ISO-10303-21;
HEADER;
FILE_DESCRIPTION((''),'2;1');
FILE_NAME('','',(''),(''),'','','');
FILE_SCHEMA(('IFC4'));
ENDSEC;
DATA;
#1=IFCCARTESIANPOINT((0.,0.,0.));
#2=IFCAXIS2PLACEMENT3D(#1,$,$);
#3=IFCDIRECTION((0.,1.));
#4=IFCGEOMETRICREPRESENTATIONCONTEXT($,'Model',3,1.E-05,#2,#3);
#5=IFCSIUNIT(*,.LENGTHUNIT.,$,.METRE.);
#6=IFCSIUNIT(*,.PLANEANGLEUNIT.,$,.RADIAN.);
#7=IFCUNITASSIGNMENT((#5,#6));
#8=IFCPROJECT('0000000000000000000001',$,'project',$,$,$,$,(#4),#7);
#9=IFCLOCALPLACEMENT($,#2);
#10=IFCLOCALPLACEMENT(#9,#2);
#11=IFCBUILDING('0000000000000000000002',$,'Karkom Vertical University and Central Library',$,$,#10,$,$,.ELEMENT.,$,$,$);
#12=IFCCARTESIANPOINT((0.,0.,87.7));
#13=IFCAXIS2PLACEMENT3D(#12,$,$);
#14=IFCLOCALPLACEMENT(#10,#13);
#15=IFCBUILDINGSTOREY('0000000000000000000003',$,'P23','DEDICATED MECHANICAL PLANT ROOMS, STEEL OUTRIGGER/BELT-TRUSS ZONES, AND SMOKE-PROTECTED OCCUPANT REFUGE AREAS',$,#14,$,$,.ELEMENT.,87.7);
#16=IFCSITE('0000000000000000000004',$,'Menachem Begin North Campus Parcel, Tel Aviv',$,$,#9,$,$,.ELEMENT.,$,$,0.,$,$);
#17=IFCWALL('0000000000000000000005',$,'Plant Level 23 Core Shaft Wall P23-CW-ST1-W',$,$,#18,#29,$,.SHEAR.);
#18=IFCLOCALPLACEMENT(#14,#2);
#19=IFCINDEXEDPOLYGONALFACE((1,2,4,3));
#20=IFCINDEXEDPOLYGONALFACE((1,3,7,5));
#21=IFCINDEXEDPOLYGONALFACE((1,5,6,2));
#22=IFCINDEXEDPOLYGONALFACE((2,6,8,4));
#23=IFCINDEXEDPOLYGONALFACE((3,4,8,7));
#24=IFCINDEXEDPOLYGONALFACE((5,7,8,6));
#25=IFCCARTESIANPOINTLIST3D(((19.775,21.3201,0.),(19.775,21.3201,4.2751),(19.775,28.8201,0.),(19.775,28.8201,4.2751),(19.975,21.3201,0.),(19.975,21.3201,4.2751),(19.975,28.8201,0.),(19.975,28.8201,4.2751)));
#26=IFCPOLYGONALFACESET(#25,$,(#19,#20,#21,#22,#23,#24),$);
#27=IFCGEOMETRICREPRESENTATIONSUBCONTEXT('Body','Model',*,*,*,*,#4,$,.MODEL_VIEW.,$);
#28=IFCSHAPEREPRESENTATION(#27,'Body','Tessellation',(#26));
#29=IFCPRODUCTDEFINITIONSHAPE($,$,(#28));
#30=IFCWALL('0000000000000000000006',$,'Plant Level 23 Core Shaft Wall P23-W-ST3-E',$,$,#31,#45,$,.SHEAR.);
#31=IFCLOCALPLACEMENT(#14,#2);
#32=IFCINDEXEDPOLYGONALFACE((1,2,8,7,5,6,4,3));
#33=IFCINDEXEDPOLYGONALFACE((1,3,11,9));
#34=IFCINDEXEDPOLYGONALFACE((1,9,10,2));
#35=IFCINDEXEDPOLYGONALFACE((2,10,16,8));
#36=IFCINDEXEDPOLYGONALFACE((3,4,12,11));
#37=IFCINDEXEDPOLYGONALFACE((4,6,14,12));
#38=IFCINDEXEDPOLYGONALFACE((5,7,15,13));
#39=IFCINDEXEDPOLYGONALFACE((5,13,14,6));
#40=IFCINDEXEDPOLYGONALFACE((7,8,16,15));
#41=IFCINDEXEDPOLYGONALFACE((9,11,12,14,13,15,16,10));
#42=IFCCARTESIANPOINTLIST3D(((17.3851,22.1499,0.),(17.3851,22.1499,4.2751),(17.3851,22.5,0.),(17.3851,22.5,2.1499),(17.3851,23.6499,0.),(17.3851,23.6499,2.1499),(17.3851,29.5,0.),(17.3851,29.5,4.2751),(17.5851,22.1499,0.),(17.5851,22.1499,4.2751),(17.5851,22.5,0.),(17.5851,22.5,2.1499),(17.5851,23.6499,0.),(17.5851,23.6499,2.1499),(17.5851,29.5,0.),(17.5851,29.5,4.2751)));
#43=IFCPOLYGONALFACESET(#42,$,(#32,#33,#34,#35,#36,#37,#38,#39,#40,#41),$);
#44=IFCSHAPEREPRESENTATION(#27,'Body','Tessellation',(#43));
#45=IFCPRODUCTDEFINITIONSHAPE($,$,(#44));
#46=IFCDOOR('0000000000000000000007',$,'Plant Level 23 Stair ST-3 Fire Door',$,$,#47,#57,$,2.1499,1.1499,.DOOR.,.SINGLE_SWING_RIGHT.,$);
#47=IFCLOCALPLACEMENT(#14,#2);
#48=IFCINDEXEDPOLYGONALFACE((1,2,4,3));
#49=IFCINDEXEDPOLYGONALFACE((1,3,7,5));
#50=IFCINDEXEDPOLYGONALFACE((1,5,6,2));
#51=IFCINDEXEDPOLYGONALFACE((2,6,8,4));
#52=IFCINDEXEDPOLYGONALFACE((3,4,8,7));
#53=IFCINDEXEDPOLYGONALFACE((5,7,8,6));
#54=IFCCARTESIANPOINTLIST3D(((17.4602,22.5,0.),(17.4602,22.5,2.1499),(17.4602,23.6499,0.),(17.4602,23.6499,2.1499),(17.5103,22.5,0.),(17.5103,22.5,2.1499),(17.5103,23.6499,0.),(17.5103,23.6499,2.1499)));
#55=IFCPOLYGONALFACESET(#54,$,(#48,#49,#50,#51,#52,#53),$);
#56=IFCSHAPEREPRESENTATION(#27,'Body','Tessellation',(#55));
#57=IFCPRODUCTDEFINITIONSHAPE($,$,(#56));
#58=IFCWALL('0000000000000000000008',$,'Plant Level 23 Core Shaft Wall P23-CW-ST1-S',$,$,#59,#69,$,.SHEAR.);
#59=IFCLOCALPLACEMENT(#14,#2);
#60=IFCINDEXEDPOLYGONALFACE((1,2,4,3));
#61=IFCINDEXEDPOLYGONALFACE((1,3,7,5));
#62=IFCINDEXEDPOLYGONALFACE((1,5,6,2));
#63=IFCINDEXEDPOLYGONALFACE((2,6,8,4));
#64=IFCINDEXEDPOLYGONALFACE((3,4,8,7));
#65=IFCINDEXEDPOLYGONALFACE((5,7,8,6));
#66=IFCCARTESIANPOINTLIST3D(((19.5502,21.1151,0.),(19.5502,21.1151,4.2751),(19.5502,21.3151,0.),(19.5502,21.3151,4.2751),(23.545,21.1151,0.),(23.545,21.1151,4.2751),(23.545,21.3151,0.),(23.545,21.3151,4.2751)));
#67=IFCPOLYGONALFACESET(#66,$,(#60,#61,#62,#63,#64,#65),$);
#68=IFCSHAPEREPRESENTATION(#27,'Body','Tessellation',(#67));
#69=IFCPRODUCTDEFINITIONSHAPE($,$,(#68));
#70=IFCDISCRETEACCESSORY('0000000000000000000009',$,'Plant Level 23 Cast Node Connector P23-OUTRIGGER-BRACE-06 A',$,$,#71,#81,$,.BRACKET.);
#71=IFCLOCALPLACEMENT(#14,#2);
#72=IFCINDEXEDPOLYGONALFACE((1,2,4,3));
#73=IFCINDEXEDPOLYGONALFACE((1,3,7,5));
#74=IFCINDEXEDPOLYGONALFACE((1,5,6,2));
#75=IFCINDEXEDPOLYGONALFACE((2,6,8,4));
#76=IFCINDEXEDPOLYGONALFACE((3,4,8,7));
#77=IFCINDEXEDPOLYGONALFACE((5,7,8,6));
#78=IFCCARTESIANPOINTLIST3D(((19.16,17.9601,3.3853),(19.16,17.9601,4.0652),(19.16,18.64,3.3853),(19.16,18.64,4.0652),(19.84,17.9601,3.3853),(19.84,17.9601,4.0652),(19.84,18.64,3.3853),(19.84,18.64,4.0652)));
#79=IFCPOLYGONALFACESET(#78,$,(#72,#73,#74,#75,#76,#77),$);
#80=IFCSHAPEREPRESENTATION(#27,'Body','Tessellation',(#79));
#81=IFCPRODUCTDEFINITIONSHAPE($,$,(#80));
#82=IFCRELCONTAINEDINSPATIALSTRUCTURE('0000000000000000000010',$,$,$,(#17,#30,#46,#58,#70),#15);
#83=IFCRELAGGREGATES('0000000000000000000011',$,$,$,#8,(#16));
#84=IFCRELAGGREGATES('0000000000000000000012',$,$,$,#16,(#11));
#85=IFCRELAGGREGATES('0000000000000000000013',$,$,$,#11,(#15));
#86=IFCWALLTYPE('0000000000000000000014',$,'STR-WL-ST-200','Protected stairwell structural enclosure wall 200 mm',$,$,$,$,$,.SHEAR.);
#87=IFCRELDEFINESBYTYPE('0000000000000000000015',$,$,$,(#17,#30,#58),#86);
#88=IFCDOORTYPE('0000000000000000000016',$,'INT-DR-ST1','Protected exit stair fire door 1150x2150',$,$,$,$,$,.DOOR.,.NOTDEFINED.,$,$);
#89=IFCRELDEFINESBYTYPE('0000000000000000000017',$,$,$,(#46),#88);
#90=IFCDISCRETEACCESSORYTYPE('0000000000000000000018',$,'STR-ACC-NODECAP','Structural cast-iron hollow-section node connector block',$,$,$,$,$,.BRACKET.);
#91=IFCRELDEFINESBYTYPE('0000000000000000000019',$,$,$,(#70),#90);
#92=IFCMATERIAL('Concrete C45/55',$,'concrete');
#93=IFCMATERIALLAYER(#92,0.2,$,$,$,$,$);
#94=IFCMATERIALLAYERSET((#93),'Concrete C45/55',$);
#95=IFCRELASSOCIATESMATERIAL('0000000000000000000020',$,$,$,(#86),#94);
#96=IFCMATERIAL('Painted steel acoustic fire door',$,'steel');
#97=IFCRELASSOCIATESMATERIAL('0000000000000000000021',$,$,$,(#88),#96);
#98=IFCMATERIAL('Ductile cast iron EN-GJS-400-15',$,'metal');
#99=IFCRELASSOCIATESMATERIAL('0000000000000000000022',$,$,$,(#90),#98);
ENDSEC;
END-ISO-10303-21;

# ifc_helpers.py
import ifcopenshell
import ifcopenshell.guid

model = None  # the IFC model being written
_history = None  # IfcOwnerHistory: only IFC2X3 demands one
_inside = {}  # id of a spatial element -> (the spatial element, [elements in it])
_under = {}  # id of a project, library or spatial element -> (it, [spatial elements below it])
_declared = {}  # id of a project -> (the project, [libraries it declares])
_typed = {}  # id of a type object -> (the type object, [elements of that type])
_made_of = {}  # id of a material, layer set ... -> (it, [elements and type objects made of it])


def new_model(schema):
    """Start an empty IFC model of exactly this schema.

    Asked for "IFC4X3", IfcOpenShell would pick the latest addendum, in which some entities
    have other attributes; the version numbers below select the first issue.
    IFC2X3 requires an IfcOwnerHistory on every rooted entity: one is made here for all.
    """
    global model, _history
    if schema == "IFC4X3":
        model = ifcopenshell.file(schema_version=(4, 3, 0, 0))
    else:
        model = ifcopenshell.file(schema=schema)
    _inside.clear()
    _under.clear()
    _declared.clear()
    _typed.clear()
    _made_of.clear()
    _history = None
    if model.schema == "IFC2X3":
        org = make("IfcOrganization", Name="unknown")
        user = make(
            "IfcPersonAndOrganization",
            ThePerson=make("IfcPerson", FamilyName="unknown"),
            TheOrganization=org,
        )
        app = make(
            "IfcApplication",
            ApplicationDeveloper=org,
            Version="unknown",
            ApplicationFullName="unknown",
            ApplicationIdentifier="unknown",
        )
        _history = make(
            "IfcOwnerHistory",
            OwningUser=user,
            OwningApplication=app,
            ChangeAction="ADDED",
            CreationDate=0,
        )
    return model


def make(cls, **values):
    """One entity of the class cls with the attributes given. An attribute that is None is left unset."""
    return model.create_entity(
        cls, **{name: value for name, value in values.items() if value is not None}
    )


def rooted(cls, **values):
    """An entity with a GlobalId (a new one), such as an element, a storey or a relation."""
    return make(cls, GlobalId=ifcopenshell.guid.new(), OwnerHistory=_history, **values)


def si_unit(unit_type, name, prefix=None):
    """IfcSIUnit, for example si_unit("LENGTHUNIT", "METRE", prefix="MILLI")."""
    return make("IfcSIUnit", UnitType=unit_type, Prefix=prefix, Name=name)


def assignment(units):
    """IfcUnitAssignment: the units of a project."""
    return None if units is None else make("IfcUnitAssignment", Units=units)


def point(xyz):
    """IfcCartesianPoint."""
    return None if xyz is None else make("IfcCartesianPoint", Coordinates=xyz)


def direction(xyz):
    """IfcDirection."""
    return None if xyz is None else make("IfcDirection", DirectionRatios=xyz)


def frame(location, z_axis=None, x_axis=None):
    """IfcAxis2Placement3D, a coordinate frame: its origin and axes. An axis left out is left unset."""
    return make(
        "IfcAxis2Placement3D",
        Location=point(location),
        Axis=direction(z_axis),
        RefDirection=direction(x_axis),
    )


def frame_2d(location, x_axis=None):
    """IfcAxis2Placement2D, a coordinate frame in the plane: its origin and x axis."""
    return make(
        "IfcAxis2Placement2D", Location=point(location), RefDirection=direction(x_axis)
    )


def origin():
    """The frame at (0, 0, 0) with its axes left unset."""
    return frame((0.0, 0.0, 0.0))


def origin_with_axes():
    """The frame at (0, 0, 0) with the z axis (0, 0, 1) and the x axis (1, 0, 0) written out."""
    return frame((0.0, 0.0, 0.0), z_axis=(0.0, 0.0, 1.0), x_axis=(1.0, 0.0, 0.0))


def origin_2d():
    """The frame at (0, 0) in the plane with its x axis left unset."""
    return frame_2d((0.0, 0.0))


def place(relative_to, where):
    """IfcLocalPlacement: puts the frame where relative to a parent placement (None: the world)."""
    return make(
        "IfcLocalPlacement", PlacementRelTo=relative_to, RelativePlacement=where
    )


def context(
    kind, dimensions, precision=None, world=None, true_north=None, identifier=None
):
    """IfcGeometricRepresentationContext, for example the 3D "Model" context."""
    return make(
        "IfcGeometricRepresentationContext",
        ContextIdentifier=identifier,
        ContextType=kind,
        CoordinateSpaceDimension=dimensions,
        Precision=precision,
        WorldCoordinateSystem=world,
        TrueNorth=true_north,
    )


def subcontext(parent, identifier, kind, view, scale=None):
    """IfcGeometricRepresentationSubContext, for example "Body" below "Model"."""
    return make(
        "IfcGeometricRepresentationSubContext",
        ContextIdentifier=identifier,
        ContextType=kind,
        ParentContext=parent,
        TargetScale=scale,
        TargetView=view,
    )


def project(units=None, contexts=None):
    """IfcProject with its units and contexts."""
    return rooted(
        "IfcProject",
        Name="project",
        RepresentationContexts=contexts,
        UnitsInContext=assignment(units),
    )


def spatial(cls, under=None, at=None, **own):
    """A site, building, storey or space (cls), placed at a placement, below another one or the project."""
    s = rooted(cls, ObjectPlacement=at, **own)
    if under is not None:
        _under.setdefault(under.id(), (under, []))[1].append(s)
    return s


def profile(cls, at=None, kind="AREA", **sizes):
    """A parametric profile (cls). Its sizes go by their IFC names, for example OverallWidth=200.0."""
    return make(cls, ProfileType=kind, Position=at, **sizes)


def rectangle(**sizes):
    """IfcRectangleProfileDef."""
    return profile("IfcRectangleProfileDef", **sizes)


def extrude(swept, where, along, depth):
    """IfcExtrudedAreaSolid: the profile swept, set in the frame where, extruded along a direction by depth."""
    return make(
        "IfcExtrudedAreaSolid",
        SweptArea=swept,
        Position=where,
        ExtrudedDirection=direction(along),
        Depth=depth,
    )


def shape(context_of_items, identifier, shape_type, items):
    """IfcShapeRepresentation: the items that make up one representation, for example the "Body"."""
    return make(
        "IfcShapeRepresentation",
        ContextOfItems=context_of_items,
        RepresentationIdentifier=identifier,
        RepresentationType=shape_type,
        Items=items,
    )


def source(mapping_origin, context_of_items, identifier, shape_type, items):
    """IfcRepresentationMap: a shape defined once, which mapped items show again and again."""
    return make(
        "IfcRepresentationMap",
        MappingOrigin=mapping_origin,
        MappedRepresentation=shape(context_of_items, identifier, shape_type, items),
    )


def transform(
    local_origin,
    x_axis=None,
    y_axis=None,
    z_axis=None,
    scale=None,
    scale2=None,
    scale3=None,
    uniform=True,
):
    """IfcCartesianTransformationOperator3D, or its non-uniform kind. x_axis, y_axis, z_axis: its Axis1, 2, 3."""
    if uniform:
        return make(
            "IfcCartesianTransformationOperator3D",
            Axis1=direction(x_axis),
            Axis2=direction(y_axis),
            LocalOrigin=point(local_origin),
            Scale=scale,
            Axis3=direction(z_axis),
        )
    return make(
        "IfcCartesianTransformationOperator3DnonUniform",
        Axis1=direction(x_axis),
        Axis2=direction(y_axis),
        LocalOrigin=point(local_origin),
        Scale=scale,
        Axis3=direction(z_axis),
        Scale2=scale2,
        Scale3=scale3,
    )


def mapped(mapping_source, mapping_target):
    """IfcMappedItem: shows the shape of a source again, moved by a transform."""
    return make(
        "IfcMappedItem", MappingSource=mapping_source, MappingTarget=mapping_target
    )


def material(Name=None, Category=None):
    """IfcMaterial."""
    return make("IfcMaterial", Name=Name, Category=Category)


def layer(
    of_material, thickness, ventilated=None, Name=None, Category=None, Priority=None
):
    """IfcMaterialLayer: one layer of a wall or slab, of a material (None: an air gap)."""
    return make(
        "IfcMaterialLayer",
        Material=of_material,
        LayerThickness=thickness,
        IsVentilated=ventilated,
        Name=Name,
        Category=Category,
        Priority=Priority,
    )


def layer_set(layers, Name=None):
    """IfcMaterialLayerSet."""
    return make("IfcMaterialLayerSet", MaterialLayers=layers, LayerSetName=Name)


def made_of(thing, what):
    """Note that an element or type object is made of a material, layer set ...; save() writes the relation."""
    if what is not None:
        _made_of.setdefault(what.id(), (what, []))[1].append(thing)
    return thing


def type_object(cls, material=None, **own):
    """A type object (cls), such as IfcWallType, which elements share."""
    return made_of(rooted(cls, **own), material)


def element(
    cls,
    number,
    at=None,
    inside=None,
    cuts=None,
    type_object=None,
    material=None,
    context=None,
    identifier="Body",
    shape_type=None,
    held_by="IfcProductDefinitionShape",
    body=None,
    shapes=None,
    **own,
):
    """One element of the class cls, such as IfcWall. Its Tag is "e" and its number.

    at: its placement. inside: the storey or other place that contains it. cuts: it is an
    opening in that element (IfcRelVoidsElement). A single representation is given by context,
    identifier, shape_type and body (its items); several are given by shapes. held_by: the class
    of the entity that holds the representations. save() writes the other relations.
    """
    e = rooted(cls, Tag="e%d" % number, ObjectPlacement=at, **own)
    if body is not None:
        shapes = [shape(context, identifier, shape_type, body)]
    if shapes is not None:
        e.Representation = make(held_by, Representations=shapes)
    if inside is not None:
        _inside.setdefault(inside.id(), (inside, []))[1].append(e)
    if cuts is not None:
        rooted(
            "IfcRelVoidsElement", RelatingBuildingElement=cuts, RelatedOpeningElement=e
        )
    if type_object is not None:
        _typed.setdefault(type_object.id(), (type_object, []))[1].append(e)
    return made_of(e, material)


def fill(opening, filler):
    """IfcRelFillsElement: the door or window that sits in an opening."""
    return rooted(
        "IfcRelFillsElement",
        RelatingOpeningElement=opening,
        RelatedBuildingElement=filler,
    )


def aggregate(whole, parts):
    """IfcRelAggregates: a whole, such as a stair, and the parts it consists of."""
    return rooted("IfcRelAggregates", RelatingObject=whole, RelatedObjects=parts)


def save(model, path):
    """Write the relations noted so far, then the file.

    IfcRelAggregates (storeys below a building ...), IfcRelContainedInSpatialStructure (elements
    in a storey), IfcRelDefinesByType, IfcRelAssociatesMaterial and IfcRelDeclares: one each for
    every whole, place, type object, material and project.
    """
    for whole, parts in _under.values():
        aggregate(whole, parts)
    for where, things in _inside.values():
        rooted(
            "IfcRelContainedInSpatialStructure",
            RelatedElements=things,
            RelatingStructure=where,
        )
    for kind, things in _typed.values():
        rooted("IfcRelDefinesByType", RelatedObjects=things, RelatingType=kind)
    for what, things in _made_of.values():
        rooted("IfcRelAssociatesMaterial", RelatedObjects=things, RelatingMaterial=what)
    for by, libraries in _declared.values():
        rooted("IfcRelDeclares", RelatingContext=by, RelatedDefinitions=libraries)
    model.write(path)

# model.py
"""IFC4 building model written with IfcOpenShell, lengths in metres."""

from ifc_helpers import new_model, si_unit, direction, frame, frame_2d, origin, origin_with_axes, origin_2d, place, context, subcontext, project, spatial, rectangle, extrude, source, transform, mapped, material, layer, layer_set, type_object, element, fill, save


model = new_model("IFC4")

# Units and contexts
model_context = context("Model", 3, precision=1e-05, world=origin(), true_north=direction((0.0, 1.0)))
body_context = subcontext(model_context, "Body", "Model", "MODEL_VIEW")
ifc_project = project(units=[si_unit("LENGTHUNIT", "METRE"), si_unit("PLANEANGLEUNIT", "RADIAN")], contexts=[model_context])

# Site, building, storey
site_placement = place(None, origin())
site = spatial("IfcSite", under=ifc_project, at=site_placement, Name="Menachem Begin North Campus Parcel, Tel Aviv", CompositionType="ELEMENT", RefElevation=0.0)
building_placement = place(site_placement, origin())
building = spatial("IfcBuilding", under=site, at=building_placement, Name="Karkom Vertical University and Central Library", CompositionType="ELEMENT")
storey_placement = place(building_placement, frame((0.0, 0.0, 87.7)))
storey = spatial("IfcBuildingStorey", under=building, at=storey_placement, Name="P23", Description="DEDICATED MECHANICAL PLANT ROOMS, STEEL OUTRIGGER/BELT-TRUSS ZONES, AND SMOKE-PROTECTED OCCUPANT REFUGE AREAS", CompositionType="ELEMENT", Elevation=87.7)

# Wall
ifc_material_1 = material(Name="Concrete C45/55", Category="concrete")
ifc_layer_1 = layer(ifc_material_1, 0.2)
ifc_layer_set_1 = layer_set([ifc_layer_1], Name="Concrete C45/55")
wall_type_1 = type_object("IfcWallType", Name="STR-WL-ST-200", Description="Protected stairwell structural enclosure wall 200 mm", PredefinedType="SHEAR", material=ifc_layer_set_1)
wall_1_placement = place(storey_placement, frame((19.875, 21.3201, 0.0), z_axis=(0.0, 0.0, 1.0), x_axis=(0.0, 1.0, 0.0)))
element("IfcWall", 1, at=wall_1_placement, inside=storey, type_object=wall_type_1, Name="Plant Level 23 Core Shaft Wall P23-CW-ST1-W", PredefinedType="SHEAR", context=body_context, shape_type="SweptSolid", body=[
    extrude(rectangle(XDim=7.5, YDim=0.2, at=frame_2d((3.75, 0.0))), origin(), (0.0, 0.0, 1.0), 4.2751),
])

# Wall, opening, door
wall_2_placement = place(storey_placement, frame((17.4851, 22.1499, 0.0), z_axis=(0.0, 0.0, 1.0), x_axis=(0.0, 1.0, 0.0)))
wall_2 = element("IfcWall", 2, at=wall_2_placement, inside=storey, type_object=wall_type_1, Name="Plant Level 23 Core Shaft Wall P23-W-ST3-E", PredefinedType="SHEAR", context=body_context, shape_type="SweptSolid", body=[
    extrude(rectangle(XDim=7.3501, YDim=0.2, at=frame_2d((3.675, 0.0))), origin(), (0.0, 0.0, 1.0), 4.2751),
])
opening_placement = place(wall_2_placement, frame((0.3501, 0.0, 0.0)))
opening = element("IfcOpeningElement", 3, at=opening_placement, cuts=wall_2, PredefinedType="OPENING", context=body_context, shape_type="SweptSolid", body=[
    extrude(rectangle(XDim=1.1499, YDim=2.1499, at=frame_2d((0.575, 1.075))), frame((0.0, 0.1099, 0.0), z_axis=(0.0, -1.0, 0.0), x_axis=(1.0, 0.0, 0.0)), (0.0, 0.0, 1.0), 0.22),
])
ifc_material_2 = material(Name="Painted steel acoustic fire door", Category="steel")
door_type = type_object("IfcDoorType", Name="INT-DR-ST1", Description="Protected exit stair fire door 1150x2150", OperationType="NOTDEFINED", PredefinedType="DOOR", material=ifc_material_2)
shared_shape_1 = source(origin_with_axes(), body_context, "Body", "SweptSolid", [
    extrude(rectangle(XDim=1.1499, YDim=2.1499, at=frame_2d((0.575, 1.075))), frame((0.0, 0.0249, 0.0), z_axis=(0.0, -1.0, 0.0), x_axis=(1.0, 0.0, 0.0)), (0.0, 0.0, 1.0), 0.05),
])
door_placement = place(opening_placement, origin())
door = element("IfcDoor", 4, at=door_placement, inside=storey, type_object=door_type, Name="Plant Level 23 Stair ST-3 Fire Door", OperationType="SINGLE_SWING_RIGHT", OverallHeight=2.1499, OverallWidth=1.1499, PredefinedType="DOOR", context=body_context, shape_type="MappedRepresentation", body=[
    mapped(shared_shape_1, transform((0.0, 0.0, 0.0), scale=1.0)),
])
fill(opening, door)

# Wall
wall_3_placement = place(storey_placement, frame((19.55, 21.2151, 0.0), z_axis=(0.0, 0.0, 1.0), x_axis=(1.0, 0.0, 0.0)))
element("IfcWall", 5, at=wall_3_placement, inside=storey, type_object=wall_type_1, Name="Plant Level 23 Core Shaft Wall P23-CW-ST1-S", PredefinedType="SHEAR", context=body_context, shape_type="SweptSolid", body=[
    extrude(rectangle(XDim=3.9949, YDim=0.2, at=frame_2d((1.9976, 0.0))), origin(), (0.0, 0.0, 1.0), 4.2751),
])

# Discrete accessory
ifc_material_3 = material(Name="Ductile cast iron EN-GJS-400-15", Category="metal")
discrete_accessory_type = type_object("IfcDiscreteAccessoryType", Name="STR-ACC-NODECAP", Description="Structural cast-iron hollow-section node connector block", PredefinedType="BRACKET", material=ifc_material_3)
shared_shape_2 = source(origin_with_axes(), body_context, "Body", "SweptSolid", [
    extrude(rectangle(XDim=0.6799, YDim=0.6799, at=origin_2d()), origin(), (0.0, 0.0, 1.0), 0.6799),
])
discrete_accessory_placement = place(storey_placement, frame((19.5, 18.3, 3.3853), z_axis=(0.0, 0.0, 1.0), x_axis=(1.0, 0.0, 0.0)))
element("IfcDiscreteAccessory", 6, at=discrete_accessory_placement, inside=storey, type_object=discrete_accessory_type, Name="Plant Level 23 Cast Node Connector P23-OUTRIGGER-BRACE-06 A", PredefinedType="BRACKET", context=body_context, shape_type="MappedRepresentation", body=[
    mapped(shared_shape_2, transform((0.0, 0.0, 0.0), scale=1.0)),
])

save(model, "model.ifc")
